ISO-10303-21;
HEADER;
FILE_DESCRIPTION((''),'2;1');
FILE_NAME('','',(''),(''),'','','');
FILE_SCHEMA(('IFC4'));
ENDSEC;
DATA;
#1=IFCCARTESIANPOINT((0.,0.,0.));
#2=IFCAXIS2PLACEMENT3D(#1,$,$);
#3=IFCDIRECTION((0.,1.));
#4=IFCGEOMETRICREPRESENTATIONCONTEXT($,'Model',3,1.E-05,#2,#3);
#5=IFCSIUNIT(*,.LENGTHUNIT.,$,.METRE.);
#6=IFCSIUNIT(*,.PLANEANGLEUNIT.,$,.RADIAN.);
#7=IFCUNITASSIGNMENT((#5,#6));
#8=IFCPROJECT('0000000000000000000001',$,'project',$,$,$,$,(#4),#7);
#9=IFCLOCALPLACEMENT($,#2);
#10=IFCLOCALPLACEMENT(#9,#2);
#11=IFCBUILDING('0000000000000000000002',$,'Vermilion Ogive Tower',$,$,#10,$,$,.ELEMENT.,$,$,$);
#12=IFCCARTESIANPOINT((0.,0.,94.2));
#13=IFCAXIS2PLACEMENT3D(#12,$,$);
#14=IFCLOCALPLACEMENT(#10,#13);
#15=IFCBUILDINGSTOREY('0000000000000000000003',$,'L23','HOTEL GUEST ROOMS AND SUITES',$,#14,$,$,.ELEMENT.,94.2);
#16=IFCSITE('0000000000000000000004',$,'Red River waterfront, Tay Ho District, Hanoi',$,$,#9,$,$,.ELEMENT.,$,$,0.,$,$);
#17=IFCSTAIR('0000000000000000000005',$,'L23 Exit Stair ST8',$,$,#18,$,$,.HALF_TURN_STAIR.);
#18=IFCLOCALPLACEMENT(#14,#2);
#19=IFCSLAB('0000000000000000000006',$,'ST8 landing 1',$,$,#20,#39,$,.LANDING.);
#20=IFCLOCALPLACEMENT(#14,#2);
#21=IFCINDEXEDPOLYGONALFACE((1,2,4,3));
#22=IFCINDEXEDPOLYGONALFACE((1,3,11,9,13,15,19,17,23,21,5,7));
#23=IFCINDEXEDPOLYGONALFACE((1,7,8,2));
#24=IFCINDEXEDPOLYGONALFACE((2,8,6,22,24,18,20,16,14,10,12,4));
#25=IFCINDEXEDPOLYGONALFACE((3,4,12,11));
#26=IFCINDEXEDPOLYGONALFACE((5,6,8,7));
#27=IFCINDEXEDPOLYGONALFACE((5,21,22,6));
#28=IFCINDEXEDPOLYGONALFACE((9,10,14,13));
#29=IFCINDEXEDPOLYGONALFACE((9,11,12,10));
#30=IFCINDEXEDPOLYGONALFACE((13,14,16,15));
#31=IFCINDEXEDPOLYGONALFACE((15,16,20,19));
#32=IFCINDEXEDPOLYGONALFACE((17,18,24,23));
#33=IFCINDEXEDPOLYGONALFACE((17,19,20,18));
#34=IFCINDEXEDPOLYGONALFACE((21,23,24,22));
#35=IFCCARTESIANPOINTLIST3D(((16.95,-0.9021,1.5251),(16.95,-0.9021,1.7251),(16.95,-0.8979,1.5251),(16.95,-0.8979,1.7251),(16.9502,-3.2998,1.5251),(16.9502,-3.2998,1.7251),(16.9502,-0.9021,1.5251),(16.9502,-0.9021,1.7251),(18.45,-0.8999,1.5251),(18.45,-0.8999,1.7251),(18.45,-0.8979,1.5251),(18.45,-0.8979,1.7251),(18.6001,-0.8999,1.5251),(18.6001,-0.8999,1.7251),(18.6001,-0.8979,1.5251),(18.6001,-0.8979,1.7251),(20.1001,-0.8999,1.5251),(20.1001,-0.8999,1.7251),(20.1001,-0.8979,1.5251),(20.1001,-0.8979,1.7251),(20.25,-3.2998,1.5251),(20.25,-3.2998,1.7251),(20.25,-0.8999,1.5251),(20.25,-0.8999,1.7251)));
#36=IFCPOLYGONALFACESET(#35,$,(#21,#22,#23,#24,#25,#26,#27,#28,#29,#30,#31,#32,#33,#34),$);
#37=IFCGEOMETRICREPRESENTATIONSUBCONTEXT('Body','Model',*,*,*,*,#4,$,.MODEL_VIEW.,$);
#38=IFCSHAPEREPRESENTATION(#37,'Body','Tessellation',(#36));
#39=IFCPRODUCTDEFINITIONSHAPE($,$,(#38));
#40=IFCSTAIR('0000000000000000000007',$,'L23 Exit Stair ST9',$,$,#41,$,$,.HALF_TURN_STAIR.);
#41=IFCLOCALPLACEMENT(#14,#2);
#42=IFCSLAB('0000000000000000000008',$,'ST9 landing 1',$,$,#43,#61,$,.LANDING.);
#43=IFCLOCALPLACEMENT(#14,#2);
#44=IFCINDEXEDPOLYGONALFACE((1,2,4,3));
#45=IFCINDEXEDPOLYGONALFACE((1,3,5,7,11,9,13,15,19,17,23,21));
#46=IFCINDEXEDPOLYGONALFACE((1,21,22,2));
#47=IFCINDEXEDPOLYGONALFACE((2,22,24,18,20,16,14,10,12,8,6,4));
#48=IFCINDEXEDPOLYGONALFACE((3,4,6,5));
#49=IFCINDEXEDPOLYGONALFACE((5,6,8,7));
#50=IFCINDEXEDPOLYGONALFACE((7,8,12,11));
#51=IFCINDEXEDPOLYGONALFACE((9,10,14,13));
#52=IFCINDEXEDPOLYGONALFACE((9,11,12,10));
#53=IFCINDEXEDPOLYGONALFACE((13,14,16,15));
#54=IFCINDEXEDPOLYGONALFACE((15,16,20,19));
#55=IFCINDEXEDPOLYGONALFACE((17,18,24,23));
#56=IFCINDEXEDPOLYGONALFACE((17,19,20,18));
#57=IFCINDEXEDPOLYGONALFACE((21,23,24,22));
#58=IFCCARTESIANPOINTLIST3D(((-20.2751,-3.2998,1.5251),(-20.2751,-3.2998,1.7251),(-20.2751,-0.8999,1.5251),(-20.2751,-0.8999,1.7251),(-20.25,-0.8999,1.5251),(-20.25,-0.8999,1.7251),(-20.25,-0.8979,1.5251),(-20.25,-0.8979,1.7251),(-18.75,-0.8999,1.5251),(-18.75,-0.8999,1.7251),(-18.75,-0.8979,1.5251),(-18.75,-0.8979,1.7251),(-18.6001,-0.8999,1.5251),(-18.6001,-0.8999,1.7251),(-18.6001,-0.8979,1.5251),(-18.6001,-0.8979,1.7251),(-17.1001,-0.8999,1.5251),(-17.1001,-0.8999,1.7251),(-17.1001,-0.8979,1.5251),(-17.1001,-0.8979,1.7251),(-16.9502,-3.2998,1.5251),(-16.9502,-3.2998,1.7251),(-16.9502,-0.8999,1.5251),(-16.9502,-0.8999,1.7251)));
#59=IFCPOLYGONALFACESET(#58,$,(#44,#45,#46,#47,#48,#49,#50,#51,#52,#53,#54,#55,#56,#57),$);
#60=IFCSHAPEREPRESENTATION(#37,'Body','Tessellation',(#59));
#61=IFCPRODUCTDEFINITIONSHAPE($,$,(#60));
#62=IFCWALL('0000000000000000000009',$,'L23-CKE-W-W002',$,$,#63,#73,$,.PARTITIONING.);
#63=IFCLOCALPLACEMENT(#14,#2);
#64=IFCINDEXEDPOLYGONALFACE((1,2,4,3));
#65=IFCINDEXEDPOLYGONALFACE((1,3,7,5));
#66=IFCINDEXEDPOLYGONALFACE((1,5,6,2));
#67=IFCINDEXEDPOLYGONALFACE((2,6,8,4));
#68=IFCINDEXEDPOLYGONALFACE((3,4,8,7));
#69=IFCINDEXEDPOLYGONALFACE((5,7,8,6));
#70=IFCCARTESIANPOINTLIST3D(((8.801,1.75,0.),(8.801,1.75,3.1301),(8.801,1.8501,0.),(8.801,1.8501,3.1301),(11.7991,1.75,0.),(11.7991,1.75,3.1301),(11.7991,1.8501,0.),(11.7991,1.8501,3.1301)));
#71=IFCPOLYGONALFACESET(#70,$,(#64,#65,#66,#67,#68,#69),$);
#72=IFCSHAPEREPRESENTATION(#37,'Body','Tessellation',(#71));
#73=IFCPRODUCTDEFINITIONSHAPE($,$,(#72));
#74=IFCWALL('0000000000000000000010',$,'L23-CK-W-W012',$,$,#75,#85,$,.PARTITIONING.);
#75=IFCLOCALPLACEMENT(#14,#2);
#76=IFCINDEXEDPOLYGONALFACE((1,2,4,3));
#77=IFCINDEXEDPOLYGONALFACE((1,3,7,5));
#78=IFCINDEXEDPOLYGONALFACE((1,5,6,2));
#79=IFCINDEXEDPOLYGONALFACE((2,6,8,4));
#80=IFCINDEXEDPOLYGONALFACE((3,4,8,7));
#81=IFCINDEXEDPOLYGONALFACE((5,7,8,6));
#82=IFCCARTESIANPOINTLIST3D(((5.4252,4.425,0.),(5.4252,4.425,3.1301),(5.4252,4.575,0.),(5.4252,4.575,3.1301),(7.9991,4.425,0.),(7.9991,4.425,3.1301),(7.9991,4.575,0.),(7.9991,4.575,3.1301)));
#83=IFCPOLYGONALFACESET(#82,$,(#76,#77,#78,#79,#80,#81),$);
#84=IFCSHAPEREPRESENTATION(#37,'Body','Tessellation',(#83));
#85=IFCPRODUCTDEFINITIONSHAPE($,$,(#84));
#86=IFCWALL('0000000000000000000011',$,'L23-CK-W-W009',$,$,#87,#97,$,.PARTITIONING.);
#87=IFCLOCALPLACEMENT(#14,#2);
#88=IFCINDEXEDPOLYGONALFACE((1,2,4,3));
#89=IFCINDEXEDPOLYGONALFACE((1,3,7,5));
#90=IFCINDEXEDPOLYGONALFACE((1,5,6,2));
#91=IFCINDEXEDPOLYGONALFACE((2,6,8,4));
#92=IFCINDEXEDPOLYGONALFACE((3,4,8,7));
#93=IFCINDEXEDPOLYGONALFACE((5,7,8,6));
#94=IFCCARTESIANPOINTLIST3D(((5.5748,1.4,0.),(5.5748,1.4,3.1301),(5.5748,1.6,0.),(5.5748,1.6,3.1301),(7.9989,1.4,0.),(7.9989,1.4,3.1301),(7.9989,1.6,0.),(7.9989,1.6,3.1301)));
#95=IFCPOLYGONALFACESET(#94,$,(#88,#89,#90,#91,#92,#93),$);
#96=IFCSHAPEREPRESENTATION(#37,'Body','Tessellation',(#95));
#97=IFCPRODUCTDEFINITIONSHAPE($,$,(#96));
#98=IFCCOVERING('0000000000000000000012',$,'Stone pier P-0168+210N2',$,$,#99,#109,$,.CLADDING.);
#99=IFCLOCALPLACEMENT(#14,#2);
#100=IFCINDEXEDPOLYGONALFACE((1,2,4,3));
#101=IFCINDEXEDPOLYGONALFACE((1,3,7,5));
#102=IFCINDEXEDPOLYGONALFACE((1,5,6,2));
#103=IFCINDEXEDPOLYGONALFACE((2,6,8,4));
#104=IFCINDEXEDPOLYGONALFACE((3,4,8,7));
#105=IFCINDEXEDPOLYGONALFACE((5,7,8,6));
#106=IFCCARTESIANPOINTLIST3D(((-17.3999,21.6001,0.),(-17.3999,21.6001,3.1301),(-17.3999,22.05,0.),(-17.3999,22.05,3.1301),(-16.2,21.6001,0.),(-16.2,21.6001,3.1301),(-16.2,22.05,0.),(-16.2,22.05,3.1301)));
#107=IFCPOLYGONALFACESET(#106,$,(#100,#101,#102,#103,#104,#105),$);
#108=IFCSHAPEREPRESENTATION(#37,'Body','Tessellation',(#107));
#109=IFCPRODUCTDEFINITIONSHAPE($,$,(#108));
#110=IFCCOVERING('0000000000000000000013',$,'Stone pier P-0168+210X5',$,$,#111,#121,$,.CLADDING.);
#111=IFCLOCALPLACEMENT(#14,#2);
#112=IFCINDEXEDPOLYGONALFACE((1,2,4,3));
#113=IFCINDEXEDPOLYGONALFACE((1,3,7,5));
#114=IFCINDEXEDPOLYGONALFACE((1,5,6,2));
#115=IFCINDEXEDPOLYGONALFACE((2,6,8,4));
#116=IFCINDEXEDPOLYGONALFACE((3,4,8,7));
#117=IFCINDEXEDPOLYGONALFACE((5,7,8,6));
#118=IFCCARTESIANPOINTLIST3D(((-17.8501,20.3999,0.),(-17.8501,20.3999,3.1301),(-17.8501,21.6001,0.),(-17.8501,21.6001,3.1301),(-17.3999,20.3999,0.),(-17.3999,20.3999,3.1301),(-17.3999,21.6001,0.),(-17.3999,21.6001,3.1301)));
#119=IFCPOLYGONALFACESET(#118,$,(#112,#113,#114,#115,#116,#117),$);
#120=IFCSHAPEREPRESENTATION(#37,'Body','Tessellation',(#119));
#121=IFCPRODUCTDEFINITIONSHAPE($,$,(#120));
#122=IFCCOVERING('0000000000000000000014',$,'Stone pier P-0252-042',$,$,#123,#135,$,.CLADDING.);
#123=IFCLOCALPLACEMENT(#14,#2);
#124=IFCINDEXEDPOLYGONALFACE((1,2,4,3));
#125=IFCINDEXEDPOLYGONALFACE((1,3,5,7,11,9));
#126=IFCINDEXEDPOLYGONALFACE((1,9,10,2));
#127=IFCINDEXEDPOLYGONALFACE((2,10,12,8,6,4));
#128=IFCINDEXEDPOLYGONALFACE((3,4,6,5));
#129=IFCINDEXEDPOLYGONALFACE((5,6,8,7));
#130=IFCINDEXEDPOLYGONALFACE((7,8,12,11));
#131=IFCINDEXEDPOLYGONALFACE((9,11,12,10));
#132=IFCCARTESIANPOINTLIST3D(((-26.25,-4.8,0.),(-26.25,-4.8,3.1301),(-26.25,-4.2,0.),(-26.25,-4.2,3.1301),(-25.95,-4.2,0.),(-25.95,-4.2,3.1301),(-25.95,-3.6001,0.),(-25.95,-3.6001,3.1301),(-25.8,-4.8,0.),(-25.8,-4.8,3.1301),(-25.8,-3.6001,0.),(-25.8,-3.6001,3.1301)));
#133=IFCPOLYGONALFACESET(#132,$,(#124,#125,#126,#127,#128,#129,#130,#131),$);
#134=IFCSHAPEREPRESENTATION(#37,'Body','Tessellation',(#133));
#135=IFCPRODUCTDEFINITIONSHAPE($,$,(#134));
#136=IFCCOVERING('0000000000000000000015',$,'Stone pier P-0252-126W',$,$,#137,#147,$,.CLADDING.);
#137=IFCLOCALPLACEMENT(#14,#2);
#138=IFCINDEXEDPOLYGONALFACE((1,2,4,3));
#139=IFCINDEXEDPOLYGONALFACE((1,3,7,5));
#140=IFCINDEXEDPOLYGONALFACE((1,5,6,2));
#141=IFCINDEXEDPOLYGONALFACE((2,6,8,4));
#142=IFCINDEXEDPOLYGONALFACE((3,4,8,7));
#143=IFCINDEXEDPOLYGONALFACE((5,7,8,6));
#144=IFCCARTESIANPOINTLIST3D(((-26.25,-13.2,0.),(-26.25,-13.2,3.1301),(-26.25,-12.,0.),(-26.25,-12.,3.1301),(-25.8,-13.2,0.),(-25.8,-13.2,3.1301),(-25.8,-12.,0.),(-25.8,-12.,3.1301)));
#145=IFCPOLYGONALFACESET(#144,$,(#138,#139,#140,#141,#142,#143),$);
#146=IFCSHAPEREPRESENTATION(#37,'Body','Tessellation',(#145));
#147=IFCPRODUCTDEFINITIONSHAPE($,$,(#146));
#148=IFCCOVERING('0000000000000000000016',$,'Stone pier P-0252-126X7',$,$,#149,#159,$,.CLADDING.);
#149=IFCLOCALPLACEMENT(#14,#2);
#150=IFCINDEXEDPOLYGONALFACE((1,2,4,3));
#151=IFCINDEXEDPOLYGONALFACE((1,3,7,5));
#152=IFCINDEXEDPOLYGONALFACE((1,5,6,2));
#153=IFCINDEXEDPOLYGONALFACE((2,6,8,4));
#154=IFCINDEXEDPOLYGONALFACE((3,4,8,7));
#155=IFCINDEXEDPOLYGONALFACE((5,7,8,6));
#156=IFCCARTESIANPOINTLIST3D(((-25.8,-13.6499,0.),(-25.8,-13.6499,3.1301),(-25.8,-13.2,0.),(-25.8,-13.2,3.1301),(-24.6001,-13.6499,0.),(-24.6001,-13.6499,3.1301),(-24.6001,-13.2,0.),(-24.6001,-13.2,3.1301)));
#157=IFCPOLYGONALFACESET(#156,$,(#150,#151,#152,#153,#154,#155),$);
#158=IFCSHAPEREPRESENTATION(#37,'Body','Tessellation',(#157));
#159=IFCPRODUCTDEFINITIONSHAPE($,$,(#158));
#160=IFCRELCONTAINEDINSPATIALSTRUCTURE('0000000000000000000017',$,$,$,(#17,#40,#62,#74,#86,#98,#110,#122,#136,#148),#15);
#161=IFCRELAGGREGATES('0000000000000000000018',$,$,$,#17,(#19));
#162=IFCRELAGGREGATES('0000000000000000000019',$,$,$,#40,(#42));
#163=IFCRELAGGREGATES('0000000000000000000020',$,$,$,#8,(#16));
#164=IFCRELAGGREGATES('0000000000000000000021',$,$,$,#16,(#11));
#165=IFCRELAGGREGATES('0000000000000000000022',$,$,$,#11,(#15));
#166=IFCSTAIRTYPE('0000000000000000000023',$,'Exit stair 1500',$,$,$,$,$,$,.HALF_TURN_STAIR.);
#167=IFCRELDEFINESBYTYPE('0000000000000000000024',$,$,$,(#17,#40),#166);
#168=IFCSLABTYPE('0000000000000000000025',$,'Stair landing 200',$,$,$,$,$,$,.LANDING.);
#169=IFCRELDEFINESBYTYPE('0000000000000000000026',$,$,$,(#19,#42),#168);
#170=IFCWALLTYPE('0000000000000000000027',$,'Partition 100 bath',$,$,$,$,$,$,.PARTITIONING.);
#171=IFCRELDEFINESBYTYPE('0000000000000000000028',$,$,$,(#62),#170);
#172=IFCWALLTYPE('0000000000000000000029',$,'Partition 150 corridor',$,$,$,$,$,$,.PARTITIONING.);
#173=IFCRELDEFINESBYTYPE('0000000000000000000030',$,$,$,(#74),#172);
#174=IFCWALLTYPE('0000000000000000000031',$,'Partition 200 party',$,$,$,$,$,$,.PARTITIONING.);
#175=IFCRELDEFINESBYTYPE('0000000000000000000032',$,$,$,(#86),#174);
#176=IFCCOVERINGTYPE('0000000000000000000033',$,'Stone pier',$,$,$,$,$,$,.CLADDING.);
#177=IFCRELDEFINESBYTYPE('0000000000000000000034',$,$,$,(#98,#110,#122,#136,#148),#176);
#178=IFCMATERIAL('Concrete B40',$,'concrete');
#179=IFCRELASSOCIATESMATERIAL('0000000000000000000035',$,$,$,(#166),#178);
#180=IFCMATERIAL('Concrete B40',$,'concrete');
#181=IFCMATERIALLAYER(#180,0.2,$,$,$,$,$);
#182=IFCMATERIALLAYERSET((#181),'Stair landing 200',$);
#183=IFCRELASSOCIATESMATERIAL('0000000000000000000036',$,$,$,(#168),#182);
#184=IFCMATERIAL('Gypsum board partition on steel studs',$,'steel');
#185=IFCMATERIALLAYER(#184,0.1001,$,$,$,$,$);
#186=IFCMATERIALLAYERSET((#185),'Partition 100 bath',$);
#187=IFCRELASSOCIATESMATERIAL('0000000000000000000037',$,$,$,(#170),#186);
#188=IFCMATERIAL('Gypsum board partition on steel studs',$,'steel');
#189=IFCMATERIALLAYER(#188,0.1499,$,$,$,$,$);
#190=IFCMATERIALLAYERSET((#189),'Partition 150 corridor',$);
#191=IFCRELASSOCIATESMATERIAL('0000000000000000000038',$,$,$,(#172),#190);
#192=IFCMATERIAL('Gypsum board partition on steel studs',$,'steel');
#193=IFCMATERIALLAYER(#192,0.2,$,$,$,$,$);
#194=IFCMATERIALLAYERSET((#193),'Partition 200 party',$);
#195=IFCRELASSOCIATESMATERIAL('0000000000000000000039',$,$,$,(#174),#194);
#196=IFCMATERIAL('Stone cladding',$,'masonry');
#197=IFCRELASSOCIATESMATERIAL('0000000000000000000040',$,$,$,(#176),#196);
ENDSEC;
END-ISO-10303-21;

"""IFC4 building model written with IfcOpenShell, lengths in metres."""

from ifc_helpers import new_model, si_unit, direction, frame, frame_2d, origin, place, context, subcontext, project, spatial, polyline, rectangle, outline, extrude, material, layer, layer_set, type_object, element, aggregate, save


model = new_model("IFC4")

# Units and contexts
model_context = context("Model", 3, precision=1e-05, world=origin(), true_north=direction((0.0, 1.0)))
body_context = subcontext(model_context, "Body", "Model", "MODEL_VIEW")
ifc_project = project(units=[si_unit("LENGTHUNIT", "METRE"), si_unit("PLANEANGLEUNIT", "RADIAN")], contexts=[model_context])

# Site, building, storey
site_placement = place(None, origin())
site = spatial("IfcSite", under=ifc_project, at=site_placement, Name="Red River waterfront, Tay Ho District, Hanoi", CompositionType="ELEMENT", RefElevation=0.0)
building_placement = place(site_placement, origin())
building = spatial("IfcBuilding", under=site, at=building_placement, Name="Vermilion Ogive Tower", CompositionType="ELEMENT")
storey_placement = place(building_placement, frame((0.0, 0.0, 94.2)))
storey = spatial("IfcBuildingStorey", under=building, at=storey_placement, Name="L23", Description="HOTEL GUEST ROOMS AND SUITES", CompositionType="ELEMENT", Elevation=94.2)

# Stairs, slabs
ifc_material_1 = material(Name="Concrete B40", Category="concrete")
stair_type = type_object("IfcStairType", Name="Exit stair 1500", PredefinedType="HALF_TURN_STAIR", material=ifc_material_1)
ifc_material_2 = material(Name="Concrete B40", Category="concrete")
ifc_layer_1 = layer(ifc_material_2, 0.2)
ifc_layer_set_1 = layer_set([ifc_layer_1], Name="Stair landing 200")
slab_type_1 = type_object("IfcSlabType", Name="Stair landing 200", PredefinedType="LANDING", material=ifc_layer_set_1)
stair_1_placement = place(storey_placement, origin())
stair_1 = element("IfcStair", 1, at=stair_1_placement, inside=storey, type_object=stair_type, Name="L23 Exit Stair ST8", PredefinedType="HALF_TURN_STAIR")
slab_1_placement = place(storey_placement, frame((0.0, 0.0, 1.5251)))
slab_1 = element("IfcSlab", 2, at=slab_1_placement, type_object=slab_type_1, Name="ST8 landing 1", PredefinedType="LANDING", context=body_context, shape_type="SweptSolid", body=[
    extrude(outline(polyline([(20.25, -0.8999), (20.1001, -0.8999), (20.1001, -0.8979), (18.6001, -0.8979), (18.6001, -0.8999), (18.45, -0.8999), (18.45, -0.8979), (16.95, -0.8979), (16.95, -0.9021), (16.9502, -0.9021), (16.9502, -3.2998), (20.25, -3.2998), (20.25, -0.8999)])), origin(), (0.0, 0.0, 1.0), 0.2),
])
aggregate(stair_1, [slab_1])
stair_2_placement = place(storey_placement, origin())
stair_2 = element("IfcStair", 3, at=stair_2_placement, inside=storey, type_object=stair_type, Name="L23 Exit Stair ST9", PredefinedType="HALF_TURN_STAIR")
slab_2_placement = place(storey_placement, frame((0.0, 0.0, 1.5251)))
slab_2 = element("IfcSlab", 4, at=slab_2_placement, type_object=slab_type_1, Name="ST9 landing 1", PredefinedType="LANDING", context=body_context, shape_type="SweptSolid", body=[
    extrude(outline(polyline([(-16.9502, -0.8999), (-17.1001, -0.8999), (-17.1001, -0.8979), (-18.6001, -0.8979), (-18.6001, -0.8999), (-18.75, -0.8999), (-18.75, -0.8979), (-20.25, -0.8979), (-20.25, -0.8999), (-20.2751, -0.8999), (-20.2751, -3.2998), (-16.9502, -3.2998), (-16.9502, -0.8999)])), origin(), (0.0, 0.0, 1.0), 0.2),
])
aggregate(stair_2, [slab_2])

# Walls
ifc_material_3 = material(Name="Gypsum board partition on steel studs", Category="steel")
ifc_layer_2 = layer(ifc_material_3, 0.1001)
ifc_layer_set_2 = layer_set([ifc_layer_2], Name="Partition 100 bath")
wall_type_1 = type_object("IfcWallType", Name="Partition 100 bath", PredefinedType="PARTITIONING", material=ifc_layer_set_2)
wall_1_placement = place(storey_placement, frame((8.801, 1.8, 0.0), z_axis=(0.0, 0.0, 1.0), x_axis=(1.0, 0.0, 0.0)))
element("IfcWall", 5, at=wall_1_placement, inside=storey, type_object=wall_type_1, Name="L23-CKE-W-W002", PredefinedType="PARTITIONING", context=body_context, shape_type="SweptSolid", body=[
    extrude(rectangle(XDim=2.998, YDim=0.1001, at=frame_2d((1.499, 0.0))), origin(), (0.0, 0.0, 1.0), 3.1301),
])
ifc_material_4 = material(Name="Gypsum board partition on steel studs", Category="steel")
ifc_layer_3 = layer(ifc_material_4, 0.1499)
ifc_layer_set_3 = layer_set([ifc_layer_3], Name="Partition 150 corridor")
wall_type_2 = type_object("IfcWallType", Name="Partition 150 corridor", PredefinedType="PARTITIONING", material=ifc_layer_set_3)
wall_2_placement = place(storey_placement, frame((5.425, 4.5, 0.0), z_axis=(0.0, 0.0, 1.0), x_axis=(1.0, 0.0, 0.0)))
element("IfcWall", 6, at=wall_2_placement, inside=storey, type_object=wall_type_2, Name="L23-CK-W-W012", PredefinedType="PARTITIONING", context=body_context, shape_type="SweptSolid", body=[
    extrude(rectangle(XDim=2.574, YDim=0.1499, at=frame_2d((1.2871, 0.0))), origin(), (0.0, 0.0, 1.0), 3.1301),
])
ifc_material_5 = material(Name="Gypsum board partition on steel studs", Category="steel")
ifc_layer_4 = layer(ifc_material_5, 0.2)
ifc_layer_set_4 = layer_set([ifc_layer_4], Name="Partition 200 party")
wall_type_3 = type_object("IfcWallType", Name="Partition 200 party", PredefinedType="PARTITIONING", material=ifc_layer_set_4)
wall_3_placement = place(storey_placement, frame((5.575, 1.5, 0.0), z_axis=(0.0, 0.0, 1.0), x_axis=(1.0, 0.0, 0.0)))
element("IfcWall", 7, at=wall_3_placement, inside=storey, type_object=wall_type_3, Name="L23-CK-W-W009", PredefinedType="PARTITIONING", context=body_context, shape_type="SweptSolid", body=[
    extrude(rectangle(XDim=2.4241, YDim=0.2, at=frame_2d((1.2119, 0.0))), origin(), (0.0, 0.0, 1.0), 3.1301),
])

# Coverings
ifc_material_6 = material(Name="Stone cladding", Category="masonry")
covering_type = type_object("IfcCoveringType", Name="Stone pier", PredefinedType="CLADDING", material=ifc_material_6)
covering_1_placement = place(storey_placement, origin())
element("IfcCovering", 8, at=covering_1_placement, inside=storey, type_object=covering_type, Name="Stone pier P-0168+210N2", PredefinedType="CLADDING", context=body_context, shape_type="SweptSolid", body=[
    extrude(outline(polyline([(-17.3999, 22.05), (-16.2, 22.05), (-16.2, 21.6001), (-17.3999, 21.6001), (-17.3999, 22.05)])), origin(), (0.0, 0.0, 1.0), 3.1301),
])
covering_2_placement = place(storey_placement, origin())
element("IfcCovering", 9, at=covering_2_placement, inside=storey, type_object=covering_type, Name="Stone pier P-0168+210X5", PredefinedType="CLADDING", context=body_context, shape_type="SweptSolid", body=[
    extrude(outline(polyline([(-17.8501, 21.6001), (-17.3999, 21.6001), (-17.3999, 20.3999), (-17.8501, 20.3999), (-17.8501, 21.6001)])), origin(), (0.0, 0.0, 1.0), 3.1301),
])
covering_3_placement = place(storey_placement, origin())
element("IfcCovering", 10, at=covering_3_placement, inside=storey, type_object=covering_type, Name="Stone pier P-0252-042", PredefinedType="CLADDING", context=body_context, shape_type="SweptSolid", body=[
    extrude(outline(polyline([(-25.8, -4.8), (-25.8, -4.8), (-26.25, -4.8), (-26.25, -4.2), (-25.95, -4.2), (-25.95, -3.6001), (-26.25, -3.6001), (-26.25, -3.6001), (-25.8, -3.6001), (-25.8, -3.6001), (-25.8, -4.8)])), origin(), (0.0, 0.0, 1.0), 3.1301),
])
covering_4_placement = place(storey_placement, origin())
element("IfcCovering", 11, at=covering_4_placement, inside=storey, type_object=covering_type, Name="Stone pier P-0252-126W", PredefinedType="CLADDING", context=body_context, shape_type="SweptSolid", body=[
    extrude(outline(polyline([(-25.8, -13.2), (-25.8, -13.2), (-26.25, -13.2), (-26.25, -12.0), (-25.8, -12.0), (-25.8, -12.0), (-25.8, -13.2)])), origin(), (0.0, 0.0, 1.0), 3.1301),
])
covering_5_placement = place(storey_placement, origin())
element("IfcCovering", 12, at=covering_5_placement, inside=storey, type_object=covering_type, Name="Stone pier P-0252-126X7", PredefinedType="CLADDING", context=body_context, shape_type="SweptSolid", body=[
    extrude(outline(polyline([(-25.8, -13.6499), (-25.8, -13.2), (-25.8, -13.2), (-24.6001, -13.2), (-24.6001, -13.6499), (-25.8, -13.6499)])), origin(), (0.0, 0.0, 1.0), 3.1301),
])

save(model, "model.ifc")
